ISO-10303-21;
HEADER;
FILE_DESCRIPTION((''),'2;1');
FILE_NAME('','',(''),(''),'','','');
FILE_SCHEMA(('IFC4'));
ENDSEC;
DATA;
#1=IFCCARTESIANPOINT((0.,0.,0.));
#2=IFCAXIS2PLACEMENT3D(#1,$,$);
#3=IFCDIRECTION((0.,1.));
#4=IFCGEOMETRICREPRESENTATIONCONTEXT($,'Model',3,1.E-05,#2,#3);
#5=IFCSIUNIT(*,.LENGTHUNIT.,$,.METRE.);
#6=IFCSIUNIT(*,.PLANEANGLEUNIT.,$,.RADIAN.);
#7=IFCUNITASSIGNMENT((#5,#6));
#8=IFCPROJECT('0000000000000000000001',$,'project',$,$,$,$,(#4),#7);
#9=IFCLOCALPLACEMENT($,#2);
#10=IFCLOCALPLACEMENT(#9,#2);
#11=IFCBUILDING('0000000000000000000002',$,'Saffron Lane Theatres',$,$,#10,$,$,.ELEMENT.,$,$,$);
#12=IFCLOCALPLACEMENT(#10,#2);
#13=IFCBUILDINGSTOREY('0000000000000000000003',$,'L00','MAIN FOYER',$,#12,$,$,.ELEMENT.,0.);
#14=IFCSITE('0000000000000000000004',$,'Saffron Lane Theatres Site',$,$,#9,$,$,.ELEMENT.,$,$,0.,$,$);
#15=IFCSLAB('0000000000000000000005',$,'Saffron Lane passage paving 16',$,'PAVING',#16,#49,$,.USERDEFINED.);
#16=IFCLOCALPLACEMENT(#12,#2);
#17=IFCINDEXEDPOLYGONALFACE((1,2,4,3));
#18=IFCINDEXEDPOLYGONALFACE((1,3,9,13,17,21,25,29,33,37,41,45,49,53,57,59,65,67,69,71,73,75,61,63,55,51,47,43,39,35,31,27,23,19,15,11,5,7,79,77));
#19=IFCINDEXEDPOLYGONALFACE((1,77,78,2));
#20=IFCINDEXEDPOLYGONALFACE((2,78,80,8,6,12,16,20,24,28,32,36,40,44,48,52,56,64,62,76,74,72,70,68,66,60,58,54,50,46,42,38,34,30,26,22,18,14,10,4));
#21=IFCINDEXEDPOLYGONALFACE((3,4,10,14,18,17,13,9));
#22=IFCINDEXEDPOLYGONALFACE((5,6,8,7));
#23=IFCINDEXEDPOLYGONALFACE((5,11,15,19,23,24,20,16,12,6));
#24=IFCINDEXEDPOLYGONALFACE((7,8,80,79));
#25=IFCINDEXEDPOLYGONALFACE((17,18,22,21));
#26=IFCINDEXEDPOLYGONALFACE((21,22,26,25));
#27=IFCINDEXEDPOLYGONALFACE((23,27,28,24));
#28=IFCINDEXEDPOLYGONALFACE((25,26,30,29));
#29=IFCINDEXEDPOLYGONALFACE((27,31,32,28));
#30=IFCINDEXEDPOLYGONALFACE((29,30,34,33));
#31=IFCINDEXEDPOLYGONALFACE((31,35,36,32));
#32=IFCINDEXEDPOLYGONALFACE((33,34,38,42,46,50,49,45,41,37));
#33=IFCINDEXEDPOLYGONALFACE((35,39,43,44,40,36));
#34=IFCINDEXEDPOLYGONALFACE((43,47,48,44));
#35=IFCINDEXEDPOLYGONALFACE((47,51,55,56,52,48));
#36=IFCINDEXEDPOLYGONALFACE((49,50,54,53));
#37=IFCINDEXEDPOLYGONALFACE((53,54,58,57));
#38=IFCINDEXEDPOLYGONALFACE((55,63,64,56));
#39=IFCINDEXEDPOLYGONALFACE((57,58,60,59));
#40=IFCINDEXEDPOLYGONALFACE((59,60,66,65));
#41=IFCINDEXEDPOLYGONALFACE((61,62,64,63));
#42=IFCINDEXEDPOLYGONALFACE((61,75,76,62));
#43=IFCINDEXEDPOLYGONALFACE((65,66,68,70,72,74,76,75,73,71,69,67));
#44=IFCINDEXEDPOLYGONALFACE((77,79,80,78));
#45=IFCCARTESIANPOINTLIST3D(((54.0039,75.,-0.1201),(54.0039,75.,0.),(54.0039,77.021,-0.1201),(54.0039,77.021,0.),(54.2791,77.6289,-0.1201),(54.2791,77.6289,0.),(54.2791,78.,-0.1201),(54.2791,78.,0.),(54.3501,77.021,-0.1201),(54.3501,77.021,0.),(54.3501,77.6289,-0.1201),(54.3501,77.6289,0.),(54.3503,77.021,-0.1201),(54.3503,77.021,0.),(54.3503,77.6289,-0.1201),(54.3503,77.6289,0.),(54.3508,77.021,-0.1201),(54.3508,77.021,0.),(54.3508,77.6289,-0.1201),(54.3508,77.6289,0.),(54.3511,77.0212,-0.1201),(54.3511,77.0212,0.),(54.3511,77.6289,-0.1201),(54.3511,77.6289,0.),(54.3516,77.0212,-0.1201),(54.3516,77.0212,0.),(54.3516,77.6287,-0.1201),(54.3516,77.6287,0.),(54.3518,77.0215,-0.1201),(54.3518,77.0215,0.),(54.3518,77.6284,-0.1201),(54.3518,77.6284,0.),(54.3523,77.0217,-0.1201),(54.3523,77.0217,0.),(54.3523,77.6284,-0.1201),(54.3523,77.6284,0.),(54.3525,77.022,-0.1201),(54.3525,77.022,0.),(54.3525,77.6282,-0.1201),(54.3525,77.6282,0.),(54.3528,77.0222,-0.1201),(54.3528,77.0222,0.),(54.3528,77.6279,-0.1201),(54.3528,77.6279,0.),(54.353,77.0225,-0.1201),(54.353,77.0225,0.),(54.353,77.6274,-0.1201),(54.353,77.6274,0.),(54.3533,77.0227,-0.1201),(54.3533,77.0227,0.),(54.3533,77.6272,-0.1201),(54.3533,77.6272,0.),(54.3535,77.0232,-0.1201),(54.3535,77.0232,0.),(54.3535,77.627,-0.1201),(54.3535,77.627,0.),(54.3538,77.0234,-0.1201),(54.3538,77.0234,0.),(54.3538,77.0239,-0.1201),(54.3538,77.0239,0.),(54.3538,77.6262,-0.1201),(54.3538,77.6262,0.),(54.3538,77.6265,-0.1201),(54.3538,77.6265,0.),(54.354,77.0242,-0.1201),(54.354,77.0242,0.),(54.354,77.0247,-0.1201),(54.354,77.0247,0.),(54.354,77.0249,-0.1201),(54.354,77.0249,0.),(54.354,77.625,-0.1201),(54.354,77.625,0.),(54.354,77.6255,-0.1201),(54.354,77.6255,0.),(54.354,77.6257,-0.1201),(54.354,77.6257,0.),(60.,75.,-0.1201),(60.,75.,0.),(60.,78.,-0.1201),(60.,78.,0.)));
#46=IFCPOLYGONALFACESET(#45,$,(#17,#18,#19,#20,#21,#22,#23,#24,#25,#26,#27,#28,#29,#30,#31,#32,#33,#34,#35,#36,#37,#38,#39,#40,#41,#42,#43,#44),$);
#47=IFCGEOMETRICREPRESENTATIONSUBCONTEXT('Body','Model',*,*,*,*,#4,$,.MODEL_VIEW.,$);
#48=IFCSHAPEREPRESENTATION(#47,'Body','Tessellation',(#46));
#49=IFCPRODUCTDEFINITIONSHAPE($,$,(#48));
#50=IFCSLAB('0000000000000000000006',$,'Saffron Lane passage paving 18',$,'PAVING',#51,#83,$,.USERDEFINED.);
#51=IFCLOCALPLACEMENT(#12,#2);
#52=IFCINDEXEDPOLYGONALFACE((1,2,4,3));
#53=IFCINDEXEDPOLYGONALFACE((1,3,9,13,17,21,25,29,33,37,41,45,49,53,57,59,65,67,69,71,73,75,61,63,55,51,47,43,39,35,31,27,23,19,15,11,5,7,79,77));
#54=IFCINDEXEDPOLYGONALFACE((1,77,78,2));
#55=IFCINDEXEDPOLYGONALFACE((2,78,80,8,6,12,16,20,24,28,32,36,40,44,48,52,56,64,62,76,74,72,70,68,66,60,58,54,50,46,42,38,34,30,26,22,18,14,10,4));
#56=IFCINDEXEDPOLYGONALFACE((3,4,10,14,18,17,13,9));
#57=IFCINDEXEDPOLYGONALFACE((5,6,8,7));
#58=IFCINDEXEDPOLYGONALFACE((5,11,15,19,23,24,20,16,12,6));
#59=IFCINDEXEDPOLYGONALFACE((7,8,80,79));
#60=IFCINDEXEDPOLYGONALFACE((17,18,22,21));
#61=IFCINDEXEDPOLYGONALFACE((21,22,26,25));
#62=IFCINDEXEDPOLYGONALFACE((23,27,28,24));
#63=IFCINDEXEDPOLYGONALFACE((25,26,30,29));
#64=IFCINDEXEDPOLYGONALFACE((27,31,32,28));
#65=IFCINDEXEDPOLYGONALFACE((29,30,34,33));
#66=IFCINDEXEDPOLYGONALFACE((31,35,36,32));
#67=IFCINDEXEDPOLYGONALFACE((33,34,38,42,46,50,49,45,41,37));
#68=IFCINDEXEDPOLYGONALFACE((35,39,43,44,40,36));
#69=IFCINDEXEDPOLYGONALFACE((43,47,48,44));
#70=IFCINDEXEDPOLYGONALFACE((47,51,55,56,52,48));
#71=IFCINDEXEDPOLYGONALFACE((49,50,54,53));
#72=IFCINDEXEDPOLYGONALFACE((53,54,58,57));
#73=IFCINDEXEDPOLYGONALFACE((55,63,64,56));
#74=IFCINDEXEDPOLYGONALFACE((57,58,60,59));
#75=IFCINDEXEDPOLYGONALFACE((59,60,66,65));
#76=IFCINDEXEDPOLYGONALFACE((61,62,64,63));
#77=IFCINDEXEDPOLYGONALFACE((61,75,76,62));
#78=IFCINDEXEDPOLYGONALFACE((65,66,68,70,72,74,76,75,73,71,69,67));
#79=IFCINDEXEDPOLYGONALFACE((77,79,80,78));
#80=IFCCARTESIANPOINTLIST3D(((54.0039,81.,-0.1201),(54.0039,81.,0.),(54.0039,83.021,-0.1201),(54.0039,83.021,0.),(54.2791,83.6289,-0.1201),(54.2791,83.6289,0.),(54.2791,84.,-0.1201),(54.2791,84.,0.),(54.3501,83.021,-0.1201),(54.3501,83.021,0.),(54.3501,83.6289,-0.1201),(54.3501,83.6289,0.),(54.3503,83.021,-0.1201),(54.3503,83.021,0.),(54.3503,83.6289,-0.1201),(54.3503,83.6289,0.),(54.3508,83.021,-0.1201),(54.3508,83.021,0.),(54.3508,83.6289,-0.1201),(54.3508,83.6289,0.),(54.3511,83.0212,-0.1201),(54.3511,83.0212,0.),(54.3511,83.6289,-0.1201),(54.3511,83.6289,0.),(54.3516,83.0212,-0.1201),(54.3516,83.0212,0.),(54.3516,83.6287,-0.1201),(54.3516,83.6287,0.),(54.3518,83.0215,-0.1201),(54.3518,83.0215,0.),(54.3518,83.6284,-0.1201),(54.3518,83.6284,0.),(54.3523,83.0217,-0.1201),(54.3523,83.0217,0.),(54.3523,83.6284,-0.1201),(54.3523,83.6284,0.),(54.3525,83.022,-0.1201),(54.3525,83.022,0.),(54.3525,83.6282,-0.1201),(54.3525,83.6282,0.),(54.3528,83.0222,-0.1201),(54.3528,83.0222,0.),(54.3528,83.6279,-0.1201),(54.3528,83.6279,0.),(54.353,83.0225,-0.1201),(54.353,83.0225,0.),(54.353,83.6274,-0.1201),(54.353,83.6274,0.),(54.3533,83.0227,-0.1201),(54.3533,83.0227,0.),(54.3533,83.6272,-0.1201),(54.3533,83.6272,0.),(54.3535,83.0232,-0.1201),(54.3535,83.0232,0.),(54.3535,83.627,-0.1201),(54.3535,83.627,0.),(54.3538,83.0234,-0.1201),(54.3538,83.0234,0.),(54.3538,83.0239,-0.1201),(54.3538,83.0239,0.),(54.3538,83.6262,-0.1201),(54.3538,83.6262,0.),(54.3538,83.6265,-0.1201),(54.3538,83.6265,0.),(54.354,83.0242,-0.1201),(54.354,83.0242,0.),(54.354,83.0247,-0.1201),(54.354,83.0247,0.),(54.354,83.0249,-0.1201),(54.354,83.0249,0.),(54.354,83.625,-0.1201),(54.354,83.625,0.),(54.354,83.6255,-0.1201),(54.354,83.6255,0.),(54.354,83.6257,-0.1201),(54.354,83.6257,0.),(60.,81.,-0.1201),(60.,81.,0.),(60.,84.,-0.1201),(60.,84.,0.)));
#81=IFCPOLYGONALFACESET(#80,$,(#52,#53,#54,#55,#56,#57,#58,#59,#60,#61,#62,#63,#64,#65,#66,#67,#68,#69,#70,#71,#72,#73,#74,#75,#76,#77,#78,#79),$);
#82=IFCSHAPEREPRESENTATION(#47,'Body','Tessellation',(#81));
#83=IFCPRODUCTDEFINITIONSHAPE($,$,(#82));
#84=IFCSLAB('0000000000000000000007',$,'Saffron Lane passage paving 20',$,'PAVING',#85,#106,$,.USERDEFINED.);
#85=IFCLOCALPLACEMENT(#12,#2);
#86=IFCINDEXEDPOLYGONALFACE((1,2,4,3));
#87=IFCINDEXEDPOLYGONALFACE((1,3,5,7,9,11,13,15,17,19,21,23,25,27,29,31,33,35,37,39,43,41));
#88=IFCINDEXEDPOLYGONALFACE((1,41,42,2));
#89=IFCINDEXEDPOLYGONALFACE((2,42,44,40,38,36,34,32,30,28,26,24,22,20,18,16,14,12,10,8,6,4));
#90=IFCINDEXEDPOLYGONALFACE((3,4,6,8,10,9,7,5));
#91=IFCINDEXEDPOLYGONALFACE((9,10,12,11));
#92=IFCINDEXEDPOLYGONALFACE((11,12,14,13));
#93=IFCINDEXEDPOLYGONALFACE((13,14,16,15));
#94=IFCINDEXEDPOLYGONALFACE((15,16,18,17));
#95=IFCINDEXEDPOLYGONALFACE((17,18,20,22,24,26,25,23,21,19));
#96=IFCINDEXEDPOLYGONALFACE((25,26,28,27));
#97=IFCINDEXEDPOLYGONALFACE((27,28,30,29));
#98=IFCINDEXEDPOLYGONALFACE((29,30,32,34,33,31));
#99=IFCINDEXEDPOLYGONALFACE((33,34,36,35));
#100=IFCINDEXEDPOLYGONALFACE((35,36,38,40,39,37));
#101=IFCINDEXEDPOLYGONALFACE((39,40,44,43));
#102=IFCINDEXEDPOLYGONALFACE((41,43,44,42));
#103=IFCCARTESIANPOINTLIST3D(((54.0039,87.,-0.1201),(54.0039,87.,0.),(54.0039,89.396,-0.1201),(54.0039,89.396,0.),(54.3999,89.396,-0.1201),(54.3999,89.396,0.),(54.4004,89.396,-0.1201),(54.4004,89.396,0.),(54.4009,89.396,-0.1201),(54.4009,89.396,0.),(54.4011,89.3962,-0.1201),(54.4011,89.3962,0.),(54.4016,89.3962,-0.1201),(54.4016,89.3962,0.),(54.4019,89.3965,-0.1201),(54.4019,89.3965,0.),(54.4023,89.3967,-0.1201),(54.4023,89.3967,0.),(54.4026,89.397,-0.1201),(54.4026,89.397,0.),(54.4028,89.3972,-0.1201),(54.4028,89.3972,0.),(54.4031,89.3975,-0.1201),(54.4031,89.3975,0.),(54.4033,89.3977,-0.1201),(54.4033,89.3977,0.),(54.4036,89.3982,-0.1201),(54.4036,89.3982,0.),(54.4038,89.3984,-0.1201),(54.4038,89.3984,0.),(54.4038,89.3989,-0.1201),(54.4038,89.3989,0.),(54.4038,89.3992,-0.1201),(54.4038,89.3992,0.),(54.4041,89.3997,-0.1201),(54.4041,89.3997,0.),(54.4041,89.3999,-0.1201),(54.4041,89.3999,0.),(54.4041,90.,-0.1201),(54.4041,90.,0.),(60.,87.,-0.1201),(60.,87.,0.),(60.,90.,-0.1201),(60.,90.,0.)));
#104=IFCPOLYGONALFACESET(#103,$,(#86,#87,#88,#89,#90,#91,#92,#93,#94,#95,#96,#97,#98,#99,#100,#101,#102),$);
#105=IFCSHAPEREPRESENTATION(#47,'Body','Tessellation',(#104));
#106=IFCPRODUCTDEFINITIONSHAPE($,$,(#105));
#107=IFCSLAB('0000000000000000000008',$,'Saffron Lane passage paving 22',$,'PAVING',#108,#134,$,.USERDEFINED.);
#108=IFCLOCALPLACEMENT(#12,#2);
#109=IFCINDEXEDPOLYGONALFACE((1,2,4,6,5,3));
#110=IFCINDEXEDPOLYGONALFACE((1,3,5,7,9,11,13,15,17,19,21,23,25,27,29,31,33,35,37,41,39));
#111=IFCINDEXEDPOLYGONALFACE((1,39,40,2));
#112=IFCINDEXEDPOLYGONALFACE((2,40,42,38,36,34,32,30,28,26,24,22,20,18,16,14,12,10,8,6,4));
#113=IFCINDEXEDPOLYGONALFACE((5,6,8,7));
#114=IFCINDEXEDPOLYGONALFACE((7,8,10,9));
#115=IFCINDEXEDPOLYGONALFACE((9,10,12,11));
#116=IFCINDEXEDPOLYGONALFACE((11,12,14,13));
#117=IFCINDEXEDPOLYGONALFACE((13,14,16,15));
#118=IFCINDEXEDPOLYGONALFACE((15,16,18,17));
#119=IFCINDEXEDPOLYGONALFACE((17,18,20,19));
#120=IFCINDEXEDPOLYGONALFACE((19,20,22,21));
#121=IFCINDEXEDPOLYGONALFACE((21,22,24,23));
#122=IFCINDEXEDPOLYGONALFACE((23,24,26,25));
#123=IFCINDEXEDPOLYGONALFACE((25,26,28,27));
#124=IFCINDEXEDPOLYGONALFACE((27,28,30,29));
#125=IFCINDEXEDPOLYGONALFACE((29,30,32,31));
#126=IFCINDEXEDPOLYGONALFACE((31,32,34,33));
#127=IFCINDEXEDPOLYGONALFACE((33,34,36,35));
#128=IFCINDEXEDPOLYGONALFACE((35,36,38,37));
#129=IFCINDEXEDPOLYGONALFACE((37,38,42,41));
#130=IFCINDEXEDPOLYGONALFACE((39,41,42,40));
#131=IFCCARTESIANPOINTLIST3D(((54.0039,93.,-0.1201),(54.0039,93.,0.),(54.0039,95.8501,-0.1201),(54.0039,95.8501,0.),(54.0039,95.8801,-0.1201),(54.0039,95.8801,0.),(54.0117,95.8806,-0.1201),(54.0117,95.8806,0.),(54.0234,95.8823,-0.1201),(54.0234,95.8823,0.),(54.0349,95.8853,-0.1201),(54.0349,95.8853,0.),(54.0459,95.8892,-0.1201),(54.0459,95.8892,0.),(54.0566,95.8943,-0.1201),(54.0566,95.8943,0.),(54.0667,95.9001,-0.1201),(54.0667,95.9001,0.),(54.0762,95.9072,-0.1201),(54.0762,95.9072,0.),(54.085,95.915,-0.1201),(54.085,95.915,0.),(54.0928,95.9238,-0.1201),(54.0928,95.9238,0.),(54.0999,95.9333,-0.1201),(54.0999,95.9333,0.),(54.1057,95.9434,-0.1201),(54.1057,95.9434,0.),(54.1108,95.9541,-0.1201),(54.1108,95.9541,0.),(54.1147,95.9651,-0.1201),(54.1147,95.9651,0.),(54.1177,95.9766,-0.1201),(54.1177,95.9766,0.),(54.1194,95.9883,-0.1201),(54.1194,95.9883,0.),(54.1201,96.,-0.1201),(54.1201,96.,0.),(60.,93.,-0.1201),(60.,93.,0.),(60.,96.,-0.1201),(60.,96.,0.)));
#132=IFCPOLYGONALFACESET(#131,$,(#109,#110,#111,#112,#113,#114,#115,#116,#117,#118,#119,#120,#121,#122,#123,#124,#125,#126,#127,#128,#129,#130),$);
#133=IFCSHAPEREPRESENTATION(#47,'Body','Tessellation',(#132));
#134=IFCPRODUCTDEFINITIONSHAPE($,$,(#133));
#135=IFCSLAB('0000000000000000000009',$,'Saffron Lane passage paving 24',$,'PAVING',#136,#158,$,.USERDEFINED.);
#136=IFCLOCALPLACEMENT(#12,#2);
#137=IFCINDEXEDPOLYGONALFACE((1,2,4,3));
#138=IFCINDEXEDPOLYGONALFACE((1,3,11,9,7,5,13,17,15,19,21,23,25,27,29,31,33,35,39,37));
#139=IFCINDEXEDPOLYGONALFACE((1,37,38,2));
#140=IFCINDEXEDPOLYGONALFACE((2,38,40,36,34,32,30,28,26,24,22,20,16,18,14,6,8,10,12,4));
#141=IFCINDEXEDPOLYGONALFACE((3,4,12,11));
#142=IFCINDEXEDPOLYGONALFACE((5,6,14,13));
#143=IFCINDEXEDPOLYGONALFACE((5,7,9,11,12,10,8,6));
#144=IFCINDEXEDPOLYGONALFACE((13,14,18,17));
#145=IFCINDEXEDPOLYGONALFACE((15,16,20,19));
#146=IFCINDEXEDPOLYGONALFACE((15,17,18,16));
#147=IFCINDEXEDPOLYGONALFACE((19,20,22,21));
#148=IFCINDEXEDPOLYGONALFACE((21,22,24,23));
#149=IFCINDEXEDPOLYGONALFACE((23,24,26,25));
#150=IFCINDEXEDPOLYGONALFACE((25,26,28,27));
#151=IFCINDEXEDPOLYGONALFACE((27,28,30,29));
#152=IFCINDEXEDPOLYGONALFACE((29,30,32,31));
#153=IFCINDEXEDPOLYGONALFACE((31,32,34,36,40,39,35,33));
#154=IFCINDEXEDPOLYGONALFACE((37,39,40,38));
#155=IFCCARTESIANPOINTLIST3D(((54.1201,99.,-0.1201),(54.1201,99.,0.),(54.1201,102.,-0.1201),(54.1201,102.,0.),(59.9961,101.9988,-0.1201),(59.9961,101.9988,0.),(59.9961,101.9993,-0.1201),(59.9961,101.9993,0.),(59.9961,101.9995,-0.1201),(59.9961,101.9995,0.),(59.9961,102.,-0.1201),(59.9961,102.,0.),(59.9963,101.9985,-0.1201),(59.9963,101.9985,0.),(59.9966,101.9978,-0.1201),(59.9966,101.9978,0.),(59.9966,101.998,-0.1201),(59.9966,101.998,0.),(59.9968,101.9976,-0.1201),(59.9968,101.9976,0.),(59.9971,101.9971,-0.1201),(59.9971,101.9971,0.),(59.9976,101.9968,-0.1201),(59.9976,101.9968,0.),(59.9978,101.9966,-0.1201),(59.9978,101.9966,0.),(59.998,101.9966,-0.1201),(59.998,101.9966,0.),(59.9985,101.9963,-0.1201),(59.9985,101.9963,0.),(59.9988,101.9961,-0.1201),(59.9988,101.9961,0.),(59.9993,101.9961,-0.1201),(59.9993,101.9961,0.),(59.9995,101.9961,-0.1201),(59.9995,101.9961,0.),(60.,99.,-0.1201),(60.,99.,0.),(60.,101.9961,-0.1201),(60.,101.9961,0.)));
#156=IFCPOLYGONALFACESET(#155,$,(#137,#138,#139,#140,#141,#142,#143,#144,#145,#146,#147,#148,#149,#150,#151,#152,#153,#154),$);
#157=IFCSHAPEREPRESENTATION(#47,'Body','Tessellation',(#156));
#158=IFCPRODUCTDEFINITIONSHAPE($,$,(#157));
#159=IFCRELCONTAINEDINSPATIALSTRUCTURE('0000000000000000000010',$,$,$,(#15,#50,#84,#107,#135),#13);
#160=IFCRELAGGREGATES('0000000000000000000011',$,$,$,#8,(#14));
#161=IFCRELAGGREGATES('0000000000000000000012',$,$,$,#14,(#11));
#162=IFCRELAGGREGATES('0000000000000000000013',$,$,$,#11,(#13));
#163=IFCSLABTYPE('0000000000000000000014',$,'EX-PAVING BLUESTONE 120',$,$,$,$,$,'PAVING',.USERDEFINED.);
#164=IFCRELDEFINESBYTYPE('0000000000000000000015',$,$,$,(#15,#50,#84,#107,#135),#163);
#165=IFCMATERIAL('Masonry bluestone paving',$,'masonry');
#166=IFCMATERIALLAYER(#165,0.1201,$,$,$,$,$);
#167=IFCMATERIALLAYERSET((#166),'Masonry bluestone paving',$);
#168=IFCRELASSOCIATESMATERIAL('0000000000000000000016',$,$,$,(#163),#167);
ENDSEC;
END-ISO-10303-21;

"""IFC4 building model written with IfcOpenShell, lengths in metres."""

from ifc_helpers import new_model, si_unit, direction, frame, origin, place, context, subcontext, project, spatial, polyline, outline, extrude, material, layer, layer_set, type_object, element, save


model = new_model("IFC4")

# Units and contexts
model_context = context("Model", 3, precision=1e-05, world=origin(), true_north=direction((0.0, 1.0)))
body_context = subcontext(model_context, "Body", "Model", "MODEL_VIEW")
ifc_project = project(units=[si_unit("LENGTHUNIT", "METRE"), si_unit("PLANEANGLEUNIT", "RADIAN")], contexts=[model_context])

# Site, building, storey
site_placement = place(None, origin())
site = spatial("IfcSite", under=ifc_project, at=site_placement, Name="Saffron Lane Theatres Site", CompositionType="ELEMENT", RefElevation=0.0)
building_placement = place(site_placement, origin())
building = spatial("IfcBuilding", under=site, at=building_placement, Name="Saffron Lane Theatres", CompositionType="ELEMENT")
storey_placement = place(building_placement, origin())
storey = spatial("IfcBuildingStorey", under=building, at=storey_placement, Name="L00", Description="MAIN FOYER", CompositionType="ELEMENT", Elevation=0.0)

# Slabs
ifc_material_1 = material(Name="Masonry bluestone paving", Category="masonry")
ifc_layer_1 = layer(ifc_material_1, 0.1201)
ifc_layer_set_1 = layer_set([ifc_layer_1], Name="Masonry bluestone paving")
slab_type_1 = type_object("IfcSlabType", Name="EX-PAVING BLUESTONE 120", ElementType="PAVING", PredefinedType="USERDEFINED", material=ifc_layer_set_1)
slab_1_placement = place(storey_placement, frame((0.0, 0.0, -0.1201)))
element("IfcSlab", 1, at=slab_1_placement, inside=storey, type_object=slab_type_1, Name="Saffron Lane passage paving 16", ObjectType="PAVING", PredefinedType="USERDEFINED", context=body_context, shape_type="SweptSolid", body=[
    extrude(outline(polyline([(60.0, 75.0), (60.0, 78.0), (54.2791, 78.0), (54.2791, 77.6289), (54.3501, 77.6289), (54.3503, 77.6289), (54.3508, 77.6289), (54.3511, 77.6289), (54.3516, 77.6287), (54.3518, 77.6284), (54.3523, 77.6284), (54.3525, 77.6282), (54.3528, 77.6279), (54.353, 77.6274), (54.3533, 77.6272), (54.3535, 77.627), (54.3538, 77.6265), (54.3538, 77.6262), (54.354, 77.6257), (54.354, 77.6255), (54.354, 77.625), (54.354, 77.0249), (54.354, 77.0247), (54.354, 77.0242), (54.3538, 77.0239), (54.3538, 77.0234), (54.3535, 77.0232), (54.3533, 77.0227), (54.353, 77.0225), (54.3528, 77.0222), (54.3525, 77.022), (54.3523, 77.0217), (54.3518, 77.0215), (54.3516, 77.0212), (54.3511, 77.0212), (54.3508, 77.021), (54.3503, 77.021), (54.3501, 77.021), (54.0039, 77.021), (54.0039, 75.0), (60.0, 75.0)])), origin(), (0.0, 0.0, 1.0), 0.1201),
])
slab_2_placement = place(storey_placement, frame((0.0, 0.0, -0.1201)))
element("IfcSlab", 2, at=slab_2_placement, inside=storey, type_object=slab_type_1, Name="Saffron Lane passage paving 18", ObjectType="PAVING", PredefinedType="USERDEFINED", context=body_context, shape_type="SweptSolid", body=[
    extrude(outline(polyline([(60.0, 81.0), (60.0, 84.0), (54.2791, 84.0), (54.2791, 83.6289), (54.3501, 83.6289), (54.3503, 83.6289), (54.3508, 83.6289), (54.3511, 83.6289), (54.3516, 83.6287), (54.3518, 83.6284), (54.3523, 83.6284), (54.3525, 83.6282), (54.3528, 83.6279), (54.353, 83.6274), (54.3533, 83.6272), (54.3535, 83.627), (54.3538, 83.6265), (54.3538, 83.6262), (54.354, 83.6257), (54.354, 83.6255), (54.354, 83.625), (54.354, 83.0249), (54.354, 83.0247), (54.354, 83.0242), (54.3538, 83.0239), (54.3538, 83.0234), (54.3535, 83.0232), (54.3533, 83.0227), (54.353, 83.0225), (54.3528, 83.0222), (54.3525, 83.022), (54.3523, 83.0217), (54.3518, 83.0215), (54.3516, 83.0212), (54.3511, 83.0212), (54.3508, 83.021), (54.3503, 83.021), (54.3501, 83.021), (54.0039, 83.021), (54.0039, 81.0), (60.0, 81.0)])), origin(), (0.0, 0.0, 1.0), 0.1201),
])
slab_3_placement = place(storey_placement, frame((0.0, 0.0, -0.1201)))
element("IfcSlab", 3, at=slab_3_placement, inside=storey, type_object=slab_type_1, Name="Saffron Lane passage paving 20", ObjectType="PAVING", PredefinedType="USERDEFINED", context=body_context, shape_type="SweptSolid", body=[
    extrude(outline(polyline([(60.0, 87.0), (60.0, 90.0), (54.4041, 90.0), (54.4041, 89.3999), (54.4041, 89.3997), (54.4038, 89.3992), (54.4038, 89.3989), (54.4038, 89.3984), (54.4036, 89.3982), (54.4033, 89.3977), (54.4031, 89.3975), (54.4028, 89.3972), (54.4026, 89.397), (54.4023, 89.3967), (54.4019, 89.3965), (54.4016, 89.3962), (54.4011, 89.3962), (54.4009, 89.396), (54.4004, 89.396), (54.3999, 89.396), (54.0039, 89.396), (54.0039, 87.0), (60.0, 87.0)])), origin(), (0.0, 0.0, 1.0), 0.1201),
])
slab_4_placement = place(storey_placement, frame((0.0, 0.0, -0.1201)))
element("IfcSlab", 4, at=slab_4_placement, inside=storey, type_object=slab_type_1, Name="Saffron Lane passage paving 22", ObjectType="PAVING", PredefinedType="USERDEFINED", context=body_context, shape_type="SweptSolid", body=[
    extrude(outline(polyline([(60.0, 93.0), (60.0, 96.0), (54.1201, 96.0), (54.1194, 95.9883), (54.1177, 95.9766), (54.1147, 95.9651), (54.1108, 95.9541), (54.1057, 95.9434), (54.0999, 95.9333), (54.0928, 95.9238), (54.085, 95.915), (54.0762, 95.9072), (54.0667, 95.9001), (54.0566, 95.8943), (54.0459, 95.8892), (54.0349, 95.8853), (54.0234, 95.8823), (54.0117, 95.8806), (54.0039, 95.8801), (54.0039, 95.8501), (54.0039, 93.0), (60.0, 93.0)])), origin(), (0.0, 0.0, 1.0), 0.1201),
])
slab_5_placement = place(storey_placement, frame((0.0, 0.0, -0.1201)))
element("IfcSlab", 5, at=slab_5_placement, inside=storey, type_object=slab_type_1, Name="Saffron Lane passage paving 24", ObjectType="PAVING", PredefinedType="USERDEFINED", context=body_context, shape_type="SweptSolid", body=[
    extrude(outline(polyline([(59.9966, 101.998), (59.9963, 101.9985), (59.9961, 101.9988), (59.9961, 101.9993), (59.9961, 101.9995), (59.9961, 102.0), (54.1201, 102.0), (54.1201, 99.0), (60.0, 99.0), (60.0, 101.9961), (59.9995, 101.9961), (59.9993, 101.9961), (59.9988, 101.9961), (59.9985, 101.9963), (59.998, 101.9966), (59.9978, 101.9966), (59.9976, 101.9968), (59.9971, 101.9971), (59.9968, 101.9976), (59.9966, 101.9978), (59.9966, 101.998)])), origin(), (0.0, 0.0, 1.0), 0.1201),
])

save(model, "model.ifc")
